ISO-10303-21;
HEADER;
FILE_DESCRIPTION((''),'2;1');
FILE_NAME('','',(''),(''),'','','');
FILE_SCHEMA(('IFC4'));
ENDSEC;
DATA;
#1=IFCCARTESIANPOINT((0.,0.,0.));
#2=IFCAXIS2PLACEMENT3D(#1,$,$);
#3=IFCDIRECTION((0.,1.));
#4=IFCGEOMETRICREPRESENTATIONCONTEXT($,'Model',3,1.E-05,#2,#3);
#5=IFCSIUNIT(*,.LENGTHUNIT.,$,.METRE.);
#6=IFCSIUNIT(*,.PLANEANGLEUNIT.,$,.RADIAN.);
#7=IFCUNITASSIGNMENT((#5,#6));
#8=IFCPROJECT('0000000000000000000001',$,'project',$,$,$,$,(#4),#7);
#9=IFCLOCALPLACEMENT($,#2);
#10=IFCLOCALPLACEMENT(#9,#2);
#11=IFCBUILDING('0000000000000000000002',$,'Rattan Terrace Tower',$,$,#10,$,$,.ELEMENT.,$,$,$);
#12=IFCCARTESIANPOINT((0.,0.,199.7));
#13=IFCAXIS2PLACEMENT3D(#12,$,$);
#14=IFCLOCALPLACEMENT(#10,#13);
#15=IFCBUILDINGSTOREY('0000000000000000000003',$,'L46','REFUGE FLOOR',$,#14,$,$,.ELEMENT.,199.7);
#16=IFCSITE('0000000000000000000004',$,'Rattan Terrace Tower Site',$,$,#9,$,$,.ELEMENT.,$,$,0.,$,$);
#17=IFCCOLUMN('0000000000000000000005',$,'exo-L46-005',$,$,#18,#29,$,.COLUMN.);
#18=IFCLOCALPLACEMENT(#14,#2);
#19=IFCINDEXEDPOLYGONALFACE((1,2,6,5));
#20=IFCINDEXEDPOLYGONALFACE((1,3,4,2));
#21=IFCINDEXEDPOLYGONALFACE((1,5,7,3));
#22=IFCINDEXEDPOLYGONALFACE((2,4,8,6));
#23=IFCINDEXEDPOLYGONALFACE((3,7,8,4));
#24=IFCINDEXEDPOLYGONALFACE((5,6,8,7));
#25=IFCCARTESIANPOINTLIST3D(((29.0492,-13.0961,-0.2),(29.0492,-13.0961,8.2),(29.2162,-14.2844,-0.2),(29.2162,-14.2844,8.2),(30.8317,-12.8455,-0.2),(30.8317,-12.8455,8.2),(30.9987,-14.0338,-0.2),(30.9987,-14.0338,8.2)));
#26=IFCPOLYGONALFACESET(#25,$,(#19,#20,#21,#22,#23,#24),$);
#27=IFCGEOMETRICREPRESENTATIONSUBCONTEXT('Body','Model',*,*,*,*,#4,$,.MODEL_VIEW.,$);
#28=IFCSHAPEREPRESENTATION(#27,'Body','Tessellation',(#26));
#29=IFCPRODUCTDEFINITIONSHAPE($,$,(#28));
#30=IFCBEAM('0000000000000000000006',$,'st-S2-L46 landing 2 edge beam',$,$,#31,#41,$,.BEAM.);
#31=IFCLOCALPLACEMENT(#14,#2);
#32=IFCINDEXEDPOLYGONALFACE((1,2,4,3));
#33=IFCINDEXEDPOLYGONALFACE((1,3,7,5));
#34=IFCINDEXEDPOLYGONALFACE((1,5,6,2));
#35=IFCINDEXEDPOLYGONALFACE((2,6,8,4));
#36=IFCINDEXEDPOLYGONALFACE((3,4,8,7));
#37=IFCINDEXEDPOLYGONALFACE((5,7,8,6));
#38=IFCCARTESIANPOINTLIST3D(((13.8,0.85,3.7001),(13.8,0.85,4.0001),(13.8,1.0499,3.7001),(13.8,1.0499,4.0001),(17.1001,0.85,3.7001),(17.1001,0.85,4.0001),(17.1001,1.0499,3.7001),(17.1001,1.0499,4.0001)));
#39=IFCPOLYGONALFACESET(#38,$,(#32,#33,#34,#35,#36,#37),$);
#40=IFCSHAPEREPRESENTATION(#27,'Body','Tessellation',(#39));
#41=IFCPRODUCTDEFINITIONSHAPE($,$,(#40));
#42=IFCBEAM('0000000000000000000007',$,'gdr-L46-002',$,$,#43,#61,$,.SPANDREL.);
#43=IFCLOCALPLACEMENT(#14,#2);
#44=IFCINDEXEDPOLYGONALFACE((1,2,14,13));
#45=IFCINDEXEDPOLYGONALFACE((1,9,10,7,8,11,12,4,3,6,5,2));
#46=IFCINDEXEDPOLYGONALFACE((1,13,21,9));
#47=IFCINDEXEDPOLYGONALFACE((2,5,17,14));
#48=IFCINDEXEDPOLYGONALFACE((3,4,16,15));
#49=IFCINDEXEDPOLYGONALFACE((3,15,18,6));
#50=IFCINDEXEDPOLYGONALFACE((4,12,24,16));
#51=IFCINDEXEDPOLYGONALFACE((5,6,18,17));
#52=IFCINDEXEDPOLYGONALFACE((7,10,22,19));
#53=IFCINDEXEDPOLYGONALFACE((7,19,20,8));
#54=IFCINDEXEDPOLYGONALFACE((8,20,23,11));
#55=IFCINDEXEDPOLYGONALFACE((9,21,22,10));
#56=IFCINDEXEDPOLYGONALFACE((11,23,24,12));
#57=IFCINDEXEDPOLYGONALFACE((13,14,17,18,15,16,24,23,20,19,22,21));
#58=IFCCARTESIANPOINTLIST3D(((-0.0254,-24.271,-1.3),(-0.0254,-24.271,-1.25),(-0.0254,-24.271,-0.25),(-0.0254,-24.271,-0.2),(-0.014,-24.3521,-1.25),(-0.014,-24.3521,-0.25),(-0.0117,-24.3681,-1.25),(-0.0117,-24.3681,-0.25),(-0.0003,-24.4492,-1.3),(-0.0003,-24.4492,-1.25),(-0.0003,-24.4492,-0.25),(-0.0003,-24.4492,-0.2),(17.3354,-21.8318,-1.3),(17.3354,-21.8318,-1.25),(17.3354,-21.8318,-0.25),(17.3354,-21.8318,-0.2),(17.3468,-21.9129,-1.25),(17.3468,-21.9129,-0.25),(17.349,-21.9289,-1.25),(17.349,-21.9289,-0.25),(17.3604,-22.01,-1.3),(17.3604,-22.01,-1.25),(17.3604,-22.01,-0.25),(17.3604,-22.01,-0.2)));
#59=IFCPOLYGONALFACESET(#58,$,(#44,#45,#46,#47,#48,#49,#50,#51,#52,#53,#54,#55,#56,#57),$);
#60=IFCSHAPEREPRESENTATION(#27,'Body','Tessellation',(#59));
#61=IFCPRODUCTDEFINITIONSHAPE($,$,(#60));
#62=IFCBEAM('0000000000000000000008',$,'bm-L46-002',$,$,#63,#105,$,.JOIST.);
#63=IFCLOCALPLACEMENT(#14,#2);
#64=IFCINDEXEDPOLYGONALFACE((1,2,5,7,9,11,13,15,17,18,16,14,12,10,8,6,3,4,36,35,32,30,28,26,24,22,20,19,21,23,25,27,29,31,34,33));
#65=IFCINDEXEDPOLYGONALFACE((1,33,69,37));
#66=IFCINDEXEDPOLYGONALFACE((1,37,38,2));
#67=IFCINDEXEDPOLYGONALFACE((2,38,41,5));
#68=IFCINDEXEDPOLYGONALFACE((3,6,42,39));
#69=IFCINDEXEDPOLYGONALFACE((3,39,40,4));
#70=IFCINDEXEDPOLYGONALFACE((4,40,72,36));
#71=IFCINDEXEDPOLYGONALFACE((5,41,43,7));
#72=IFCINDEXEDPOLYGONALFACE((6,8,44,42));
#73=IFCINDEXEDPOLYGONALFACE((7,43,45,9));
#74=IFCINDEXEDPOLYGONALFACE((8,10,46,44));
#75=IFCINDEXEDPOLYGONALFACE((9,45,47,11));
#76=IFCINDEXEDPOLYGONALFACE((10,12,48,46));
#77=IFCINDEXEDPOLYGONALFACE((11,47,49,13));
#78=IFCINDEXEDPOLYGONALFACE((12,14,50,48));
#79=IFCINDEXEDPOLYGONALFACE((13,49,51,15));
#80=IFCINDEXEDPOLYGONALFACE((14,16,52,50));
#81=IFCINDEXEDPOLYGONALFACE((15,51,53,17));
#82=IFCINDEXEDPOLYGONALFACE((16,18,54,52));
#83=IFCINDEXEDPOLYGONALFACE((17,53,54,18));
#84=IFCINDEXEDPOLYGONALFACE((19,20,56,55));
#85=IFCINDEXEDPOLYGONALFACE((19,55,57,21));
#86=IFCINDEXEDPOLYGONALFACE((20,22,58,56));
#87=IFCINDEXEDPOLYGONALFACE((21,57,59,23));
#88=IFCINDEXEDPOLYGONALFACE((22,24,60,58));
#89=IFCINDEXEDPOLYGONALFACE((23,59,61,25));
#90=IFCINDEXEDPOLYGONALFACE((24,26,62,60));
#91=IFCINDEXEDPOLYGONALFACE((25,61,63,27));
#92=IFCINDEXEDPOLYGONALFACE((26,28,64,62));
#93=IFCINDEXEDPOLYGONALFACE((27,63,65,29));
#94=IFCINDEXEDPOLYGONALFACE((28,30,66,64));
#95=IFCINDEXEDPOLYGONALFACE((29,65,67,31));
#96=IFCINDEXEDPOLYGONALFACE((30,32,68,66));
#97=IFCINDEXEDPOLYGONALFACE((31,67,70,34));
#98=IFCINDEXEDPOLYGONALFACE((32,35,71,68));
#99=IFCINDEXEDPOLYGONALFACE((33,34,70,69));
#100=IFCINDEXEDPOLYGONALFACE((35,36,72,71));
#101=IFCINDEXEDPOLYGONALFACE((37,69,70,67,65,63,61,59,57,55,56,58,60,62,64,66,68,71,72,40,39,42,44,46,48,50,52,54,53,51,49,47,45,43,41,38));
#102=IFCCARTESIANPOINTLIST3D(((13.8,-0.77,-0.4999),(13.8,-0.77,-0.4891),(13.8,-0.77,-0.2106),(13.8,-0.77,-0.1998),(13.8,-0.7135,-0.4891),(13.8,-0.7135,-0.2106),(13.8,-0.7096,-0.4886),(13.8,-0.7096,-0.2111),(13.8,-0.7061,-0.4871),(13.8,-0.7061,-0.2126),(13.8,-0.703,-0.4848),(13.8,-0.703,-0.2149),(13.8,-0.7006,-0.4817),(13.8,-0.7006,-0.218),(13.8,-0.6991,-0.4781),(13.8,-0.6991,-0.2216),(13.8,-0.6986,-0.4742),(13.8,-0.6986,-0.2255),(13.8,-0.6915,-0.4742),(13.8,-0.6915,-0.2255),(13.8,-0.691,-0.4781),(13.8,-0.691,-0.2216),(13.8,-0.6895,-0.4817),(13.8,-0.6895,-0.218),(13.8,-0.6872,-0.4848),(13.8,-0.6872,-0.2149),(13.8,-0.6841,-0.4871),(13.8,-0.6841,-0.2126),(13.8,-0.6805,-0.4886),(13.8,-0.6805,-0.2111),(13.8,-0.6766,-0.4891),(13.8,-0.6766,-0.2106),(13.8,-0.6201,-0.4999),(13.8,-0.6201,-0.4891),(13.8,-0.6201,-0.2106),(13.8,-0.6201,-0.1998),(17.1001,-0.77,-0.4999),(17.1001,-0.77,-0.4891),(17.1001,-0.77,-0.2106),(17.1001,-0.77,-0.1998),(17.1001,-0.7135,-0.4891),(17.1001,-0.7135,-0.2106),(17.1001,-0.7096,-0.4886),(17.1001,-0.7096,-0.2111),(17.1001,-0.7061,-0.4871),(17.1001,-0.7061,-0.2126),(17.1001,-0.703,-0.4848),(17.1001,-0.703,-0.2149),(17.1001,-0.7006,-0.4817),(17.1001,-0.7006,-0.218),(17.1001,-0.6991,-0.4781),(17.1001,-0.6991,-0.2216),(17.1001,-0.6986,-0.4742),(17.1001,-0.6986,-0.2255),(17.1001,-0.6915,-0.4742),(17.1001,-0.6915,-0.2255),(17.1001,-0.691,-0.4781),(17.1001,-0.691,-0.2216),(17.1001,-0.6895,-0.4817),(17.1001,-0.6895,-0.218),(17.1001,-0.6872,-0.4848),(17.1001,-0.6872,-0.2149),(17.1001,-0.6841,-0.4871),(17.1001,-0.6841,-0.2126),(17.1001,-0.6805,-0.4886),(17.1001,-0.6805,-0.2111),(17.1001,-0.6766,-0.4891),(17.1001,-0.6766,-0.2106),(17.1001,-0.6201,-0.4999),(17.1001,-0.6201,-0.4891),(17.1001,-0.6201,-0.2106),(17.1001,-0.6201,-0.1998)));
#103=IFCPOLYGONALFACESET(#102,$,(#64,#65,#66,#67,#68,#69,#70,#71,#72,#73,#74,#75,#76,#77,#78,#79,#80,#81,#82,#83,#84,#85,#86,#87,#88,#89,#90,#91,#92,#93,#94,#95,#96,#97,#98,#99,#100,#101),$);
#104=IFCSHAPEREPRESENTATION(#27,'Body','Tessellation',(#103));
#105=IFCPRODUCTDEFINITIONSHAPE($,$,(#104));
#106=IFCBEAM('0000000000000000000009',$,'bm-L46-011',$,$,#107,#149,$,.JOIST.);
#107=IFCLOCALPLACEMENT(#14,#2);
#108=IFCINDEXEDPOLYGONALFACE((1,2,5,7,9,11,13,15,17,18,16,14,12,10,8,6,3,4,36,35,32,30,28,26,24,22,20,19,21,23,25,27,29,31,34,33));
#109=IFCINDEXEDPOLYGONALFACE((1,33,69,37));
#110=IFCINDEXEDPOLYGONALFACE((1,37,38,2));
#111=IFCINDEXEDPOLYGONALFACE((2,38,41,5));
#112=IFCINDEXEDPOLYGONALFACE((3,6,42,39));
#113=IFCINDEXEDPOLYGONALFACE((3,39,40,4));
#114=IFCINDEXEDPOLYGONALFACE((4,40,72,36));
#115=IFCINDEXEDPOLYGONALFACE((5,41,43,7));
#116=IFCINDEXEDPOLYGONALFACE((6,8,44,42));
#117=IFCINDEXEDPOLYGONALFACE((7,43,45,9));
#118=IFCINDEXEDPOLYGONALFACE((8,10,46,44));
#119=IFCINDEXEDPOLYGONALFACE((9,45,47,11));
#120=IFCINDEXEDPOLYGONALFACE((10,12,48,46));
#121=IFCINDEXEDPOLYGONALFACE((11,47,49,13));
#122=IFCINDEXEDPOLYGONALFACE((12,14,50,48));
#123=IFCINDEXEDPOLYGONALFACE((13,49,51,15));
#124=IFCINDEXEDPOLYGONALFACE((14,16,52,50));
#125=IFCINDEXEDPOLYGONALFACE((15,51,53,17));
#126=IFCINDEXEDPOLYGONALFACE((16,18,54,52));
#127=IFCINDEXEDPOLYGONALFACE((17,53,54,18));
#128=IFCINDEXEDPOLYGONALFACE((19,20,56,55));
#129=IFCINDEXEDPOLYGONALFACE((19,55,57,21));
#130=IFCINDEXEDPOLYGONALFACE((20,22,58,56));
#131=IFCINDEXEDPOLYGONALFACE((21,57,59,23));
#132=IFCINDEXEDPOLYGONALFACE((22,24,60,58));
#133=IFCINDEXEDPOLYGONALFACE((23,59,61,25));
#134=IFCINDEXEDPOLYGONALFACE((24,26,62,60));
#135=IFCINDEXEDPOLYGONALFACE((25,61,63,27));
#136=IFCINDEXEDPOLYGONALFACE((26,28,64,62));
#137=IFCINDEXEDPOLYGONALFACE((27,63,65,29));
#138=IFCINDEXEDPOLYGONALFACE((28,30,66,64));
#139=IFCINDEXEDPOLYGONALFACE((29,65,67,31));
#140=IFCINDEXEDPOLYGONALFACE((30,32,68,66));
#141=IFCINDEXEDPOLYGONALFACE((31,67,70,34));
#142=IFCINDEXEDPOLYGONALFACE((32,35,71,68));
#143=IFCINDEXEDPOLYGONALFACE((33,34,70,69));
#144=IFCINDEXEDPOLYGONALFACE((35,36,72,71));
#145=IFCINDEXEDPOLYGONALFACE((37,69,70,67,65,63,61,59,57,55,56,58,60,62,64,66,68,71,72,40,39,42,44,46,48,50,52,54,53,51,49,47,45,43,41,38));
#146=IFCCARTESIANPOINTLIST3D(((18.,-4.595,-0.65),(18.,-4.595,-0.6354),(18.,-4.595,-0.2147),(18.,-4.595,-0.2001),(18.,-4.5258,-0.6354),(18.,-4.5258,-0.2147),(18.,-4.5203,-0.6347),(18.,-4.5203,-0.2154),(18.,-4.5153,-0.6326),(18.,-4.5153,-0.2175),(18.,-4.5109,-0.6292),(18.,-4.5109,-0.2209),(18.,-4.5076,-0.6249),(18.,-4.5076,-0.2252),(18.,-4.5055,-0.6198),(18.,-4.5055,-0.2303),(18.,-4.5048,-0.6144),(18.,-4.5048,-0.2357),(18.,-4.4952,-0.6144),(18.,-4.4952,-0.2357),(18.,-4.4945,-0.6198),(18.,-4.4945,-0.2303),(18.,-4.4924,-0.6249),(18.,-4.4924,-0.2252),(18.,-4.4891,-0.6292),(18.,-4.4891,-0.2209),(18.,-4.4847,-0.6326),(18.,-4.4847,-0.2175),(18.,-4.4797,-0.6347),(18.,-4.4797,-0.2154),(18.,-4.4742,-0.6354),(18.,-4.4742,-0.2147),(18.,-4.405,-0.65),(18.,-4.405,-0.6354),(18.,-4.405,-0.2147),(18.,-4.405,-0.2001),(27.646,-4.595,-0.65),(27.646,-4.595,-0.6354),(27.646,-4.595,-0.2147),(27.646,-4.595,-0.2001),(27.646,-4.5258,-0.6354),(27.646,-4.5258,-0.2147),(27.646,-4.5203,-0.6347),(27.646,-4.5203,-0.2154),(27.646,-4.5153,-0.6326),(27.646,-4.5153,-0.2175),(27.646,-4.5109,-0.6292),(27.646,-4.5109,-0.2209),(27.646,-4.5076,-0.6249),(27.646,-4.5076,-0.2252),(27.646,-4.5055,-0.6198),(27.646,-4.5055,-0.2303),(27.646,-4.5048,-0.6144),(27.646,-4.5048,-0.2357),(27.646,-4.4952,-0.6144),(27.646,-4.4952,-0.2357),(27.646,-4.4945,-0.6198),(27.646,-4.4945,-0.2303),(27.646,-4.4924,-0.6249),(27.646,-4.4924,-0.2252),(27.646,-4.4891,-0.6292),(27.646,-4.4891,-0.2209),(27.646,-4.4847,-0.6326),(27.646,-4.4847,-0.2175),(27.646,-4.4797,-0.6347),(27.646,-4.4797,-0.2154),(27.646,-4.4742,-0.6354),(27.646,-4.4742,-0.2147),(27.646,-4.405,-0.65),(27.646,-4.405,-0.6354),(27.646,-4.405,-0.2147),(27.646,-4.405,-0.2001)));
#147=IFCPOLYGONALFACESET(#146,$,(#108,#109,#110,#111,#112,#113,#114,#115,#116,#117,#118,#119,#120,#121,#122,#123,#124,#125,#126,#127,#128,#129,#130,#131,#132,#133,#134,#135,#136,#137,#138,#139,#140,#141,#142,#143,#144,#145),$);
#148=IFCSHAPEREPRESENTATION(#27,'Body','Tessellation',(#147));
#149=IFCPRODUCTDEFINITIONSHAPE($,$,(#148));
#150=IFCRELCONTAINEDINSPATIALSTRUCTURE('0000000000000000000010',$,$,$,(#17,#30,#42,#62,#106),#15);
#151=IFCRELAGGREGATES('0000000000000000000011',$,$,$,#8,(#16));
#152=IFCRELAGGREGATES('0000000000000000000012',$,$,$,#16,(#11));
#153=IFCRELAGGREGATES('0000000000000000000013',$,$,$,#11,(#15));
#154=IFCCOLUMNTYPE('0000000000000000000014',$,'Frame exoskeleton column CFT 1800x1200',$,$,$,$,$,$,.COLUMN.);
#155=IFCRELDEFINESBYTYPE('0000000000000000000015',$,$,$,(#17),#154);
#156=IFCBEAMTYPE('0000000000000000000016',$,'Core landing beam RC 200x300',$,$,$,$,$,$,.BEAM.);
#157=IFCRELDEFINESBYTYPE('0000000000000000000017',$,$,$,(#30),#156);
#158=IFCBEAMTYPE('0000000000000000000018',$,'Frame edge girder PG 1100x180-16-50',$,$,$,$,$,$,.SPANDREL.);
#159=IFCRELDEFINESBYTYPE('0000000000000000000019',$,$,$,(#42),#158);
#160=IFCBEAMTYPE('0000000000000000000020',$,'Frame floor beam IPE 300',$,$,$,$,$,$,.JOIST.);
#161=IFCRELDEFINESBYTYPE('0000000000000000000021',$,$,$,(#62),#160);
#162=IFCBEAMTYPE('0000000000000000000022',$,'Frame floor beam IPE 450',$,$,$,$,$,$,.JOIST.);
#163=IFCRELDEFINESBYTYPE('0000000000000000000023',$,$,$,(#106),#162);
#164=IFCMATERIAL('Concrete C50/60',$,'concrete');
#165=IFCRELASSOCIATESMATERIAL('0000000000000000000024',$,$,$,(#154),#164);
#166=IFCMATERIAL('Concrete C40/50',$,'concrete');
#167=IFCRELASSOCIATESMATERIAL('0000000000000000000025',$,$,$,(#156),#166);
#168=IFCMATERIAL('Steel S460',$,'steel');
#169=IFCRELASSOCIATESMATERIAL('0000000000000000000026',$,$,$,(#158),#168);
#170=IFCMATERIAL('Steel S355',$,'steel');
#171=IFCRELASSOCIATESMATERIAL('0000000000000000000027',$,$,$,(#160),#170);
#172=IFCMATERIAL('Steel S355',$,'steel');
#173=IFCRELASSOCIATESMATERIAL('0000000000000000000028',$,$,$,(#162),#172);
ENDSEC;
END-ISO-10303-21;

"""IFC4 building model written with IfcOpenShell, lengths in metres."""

from ifc_helpers import new_model, si_unit, direction, frame, origin, origin_2d, place, context, subcontext, project, spatial, rectangle, i_section, extrude, material, material_profile, profile_set, type_object, element, save


model = new_model("IFC4")

# Units and contexts
model_context = context("Model", 3, precision=1e-05, world=origin(), true_north=direction((0.0, 1.0)))
body_context = subcontext(model_context, "Body", "Model", "MODEL_VIEW")
ifc_project = project(units=[si_unit("LENGTHUNIT", "METRE"), si_unit("PLANEANGLEUNIT", "RADIAN")], contexts=[model_context])

# Site, building, storey
site_placement = place(None, origin())
site = spatial("IfcSite", under=ifc_project, at=site_placement, Name="Rattan Terrace Tower Site", CompositionType="ELEMENT", RefElevation=0.0)
building_placement = place(site_placement, origin())
building = spatial("IfcBuilding", under=site, at=building_placement, Name="Rattan Terrace Tower", CompositionType="ELEMENT")
storey_placement = place(building_placement, frame((0.0, 0.0, 199.7)))
storey = spatial("IfcBuildingStorey", under=building, at=storey_placement, Name="L46", Description="REFUGE FLOOR", CompositionType="ELEMENT", Elevation=199.7)

# Column
ifc_material_1 = material(Name="Concrete C50/60", Category="concrete")
ifc_material_profile_1 = material_profile(ifc_material_1, rectangle(XDim=1.2, YDim=1.8, at=origin_2d()), Name="CFT 1800x1200")
ifc_profile_set_1 = profile_set([ifc_material_profile_1], Name="Concrete C50/60")
column_type = type_object("IfcColumnType", Name="Frame exoskeleton column CFT 1800x1200", PredefinedType="COLUMN", material=ifc_profile_set_1)
column_placement = place(storey_placement, frame((30.0239, -13.5649, -0.2), z_axis=(0.0, 0.0, 1.0), x_axis=(-0.13919, 0.990266, 0.0)))
element("IfcColumn", 1, at=column_placement, inside=storey, type_object=column_type, Name="exo-L46-005", PredefinedType="COLUMN", context=body_context, shape_type="SweptSolid", body=[
    extrude(rectangle(XDim=1.2, YDim=1.8, at=origin_2d()), origin(), (0.0, 0.0, 1.0), 8.3999),
])

# Beams
ifc_material_2 = material(Name="Concrete C40/50", Category="concrete")
ifc_material_profile_2 = material_profile(ifc_material_2, rectangle(XDim=0.2, YDim=0.3, at=origin_2d()), Name="RC 200x300")
ifc_profile_set_2 = profile_set([ifc_material_profile_2], Name="Concrete C40/50")
beam_type_1 = type_object("IfcBeamType", Name="Core landing beam RC 200x300", PredefinedType="BEAM", material=ifc_profile_set_2)
beam_1_placement = place(storey_placement, frame((13.8, 0.95, 3.8501), z_axis=(1.0, 0.0, 0.0), x_axis=(0.0, 1.0, 0.0)))
element("IfcBeam", 2, at=beam_1_placement, inside=storey, type_object=beam_type_1, Name="st-S2-L46 landing 2 edge beam", PredefinedType="BEAM", context=body_context, shape_type="SweptSolid", body=[
    extrude(rectangle(XDim=0.2, YDim=0.3, at=origin_2d()), origin(), (0.0, 0.0, 1.0), 3.3),
])
ifc_material_3 = material(Name="Steel S460", Category="steel")
ifc_material_profile_3 = material_profile(ifc_material_3, i_section(OverallWidth=0.1799, OverallDepth=1.1001, WebThickness=0.0161, FlangeThickness=0.05, at=origin_2d()), Name="PG 1100x180-16-50")
ifc_profile_set_3 = profile_set([ifc_material_profile_3], Name="Steel S460")
beam_type_2 = type_object("IfcBeamType", Name="Frame edge girder PG 1100x180-16-50", PredefinedType="SPANDREL", material=ifc_profile_set_3)
beam_2_placement = place(storey_placement, frame((17.3479, -21.9209, -0.75), z_axis=(-0.990274, -0.139134, 0.0), x_axis=(0.139134, -0.990274, 0.0)))
element("IfcBeam", 3, at=beam_2_placement, inside=storey, type_object=beam_type_2, Name="gdr-L46-002", PredefinedType="SPANDREL", context=body_context, shape_type="SweptSolid", body=[
    extrude(i_section(OverallWidth=0.1799, OverallDepth=1.1001, WebThickness=0.0161, FlangeThickness=0.05, at=origin_2d()), origin(), (0.0, 0.0, 1.0), 17.5312),
])
ifc_material_4 = material(Name="Steel S355", Category="steel")
ifc_material_profile_4 = material_profile(ifc_material_4, i_section(OverallWidth=0.1499, OverallDepth=0.3, WebThickness=0.0071, FlangeThickness=0.0107, FilletRadius=0.0149, at=origin_2d()), Name="IPE 300")
ifc_profile_set_4 = profile_set([ifc_material_profile_4], Name="Steel S355")
beam_type_3 = type_object("IfcBeamType", Name="Frame floor beam IPE 300", PredefinedType="JOIST", material=ifc_profile_set_4)
beam_3_placement = place(storey_placement, frame((13.8, -0.6951, -0.3499), z_axis=(1.0, 0.0, 0.0), x_axis=(0.0, 1.0, 0.0)))
element("IfcBeam", 4, at=beam_3_placement, inside=storey, type_object=beam_type_3, Name="bm-L46-002", PredefinedType="JOIST", context=body_context, shape_type="SweptSolid", body=[
    extrude(i_section(OverallWidth=0.1499, OverallDepth=0.3, WebThickness=0.0071, FlangeThickness=0.0107, FilletRadius=0.0149, at=origin_2d()), origin(), (0.0, 0.0, 1.0), 3.3),
])
ifc_material_5 = material(Name="Steel S355", Category="steel")
ifc_material_profile_5 = material_profile(ifc_material_5, i_section(OverallWidth=0.1899, OverallDepth=0.45, WebThickness=0.0095, FlangeThickness=0.0146, FilletRadius=0.021, at=origin_2d()), Name="IPE 450")
ifc_profile_set_5 = profile_set([ifc_material_profile_5], Name="Steel S355")
beam_type_4 = type_object("IfcBeamType", Name="Frame floor beam IPE 450", PredefinedType="JOIST", material=ifc_profile_set_5)
beam_4_placement = place(storey_placement, frame((18.0, -4.5, -0.425), z_axis=(1.0, 0.0, 0.0), x_axis=(0.0, 1.0, 0.0)))
element("IfcBeam", 5, at=beam_4_placement, inside=storey, type_object=beam_type_4, Name="bm-L46-011", PredefinedType="JOIST", context=body_context, shape_type="SweptSolid", body=[
    extrude(i_section(OverallWidth=0.1899, OverallDepth=0.45, WebThickness=0.0095, FlangeThickness=0.0146, FilletRadius=0.021, at=origin_2d()), origin(), (0.0, 0.0, 1.0), 9.646),
])

save(model, "model.ifc")
